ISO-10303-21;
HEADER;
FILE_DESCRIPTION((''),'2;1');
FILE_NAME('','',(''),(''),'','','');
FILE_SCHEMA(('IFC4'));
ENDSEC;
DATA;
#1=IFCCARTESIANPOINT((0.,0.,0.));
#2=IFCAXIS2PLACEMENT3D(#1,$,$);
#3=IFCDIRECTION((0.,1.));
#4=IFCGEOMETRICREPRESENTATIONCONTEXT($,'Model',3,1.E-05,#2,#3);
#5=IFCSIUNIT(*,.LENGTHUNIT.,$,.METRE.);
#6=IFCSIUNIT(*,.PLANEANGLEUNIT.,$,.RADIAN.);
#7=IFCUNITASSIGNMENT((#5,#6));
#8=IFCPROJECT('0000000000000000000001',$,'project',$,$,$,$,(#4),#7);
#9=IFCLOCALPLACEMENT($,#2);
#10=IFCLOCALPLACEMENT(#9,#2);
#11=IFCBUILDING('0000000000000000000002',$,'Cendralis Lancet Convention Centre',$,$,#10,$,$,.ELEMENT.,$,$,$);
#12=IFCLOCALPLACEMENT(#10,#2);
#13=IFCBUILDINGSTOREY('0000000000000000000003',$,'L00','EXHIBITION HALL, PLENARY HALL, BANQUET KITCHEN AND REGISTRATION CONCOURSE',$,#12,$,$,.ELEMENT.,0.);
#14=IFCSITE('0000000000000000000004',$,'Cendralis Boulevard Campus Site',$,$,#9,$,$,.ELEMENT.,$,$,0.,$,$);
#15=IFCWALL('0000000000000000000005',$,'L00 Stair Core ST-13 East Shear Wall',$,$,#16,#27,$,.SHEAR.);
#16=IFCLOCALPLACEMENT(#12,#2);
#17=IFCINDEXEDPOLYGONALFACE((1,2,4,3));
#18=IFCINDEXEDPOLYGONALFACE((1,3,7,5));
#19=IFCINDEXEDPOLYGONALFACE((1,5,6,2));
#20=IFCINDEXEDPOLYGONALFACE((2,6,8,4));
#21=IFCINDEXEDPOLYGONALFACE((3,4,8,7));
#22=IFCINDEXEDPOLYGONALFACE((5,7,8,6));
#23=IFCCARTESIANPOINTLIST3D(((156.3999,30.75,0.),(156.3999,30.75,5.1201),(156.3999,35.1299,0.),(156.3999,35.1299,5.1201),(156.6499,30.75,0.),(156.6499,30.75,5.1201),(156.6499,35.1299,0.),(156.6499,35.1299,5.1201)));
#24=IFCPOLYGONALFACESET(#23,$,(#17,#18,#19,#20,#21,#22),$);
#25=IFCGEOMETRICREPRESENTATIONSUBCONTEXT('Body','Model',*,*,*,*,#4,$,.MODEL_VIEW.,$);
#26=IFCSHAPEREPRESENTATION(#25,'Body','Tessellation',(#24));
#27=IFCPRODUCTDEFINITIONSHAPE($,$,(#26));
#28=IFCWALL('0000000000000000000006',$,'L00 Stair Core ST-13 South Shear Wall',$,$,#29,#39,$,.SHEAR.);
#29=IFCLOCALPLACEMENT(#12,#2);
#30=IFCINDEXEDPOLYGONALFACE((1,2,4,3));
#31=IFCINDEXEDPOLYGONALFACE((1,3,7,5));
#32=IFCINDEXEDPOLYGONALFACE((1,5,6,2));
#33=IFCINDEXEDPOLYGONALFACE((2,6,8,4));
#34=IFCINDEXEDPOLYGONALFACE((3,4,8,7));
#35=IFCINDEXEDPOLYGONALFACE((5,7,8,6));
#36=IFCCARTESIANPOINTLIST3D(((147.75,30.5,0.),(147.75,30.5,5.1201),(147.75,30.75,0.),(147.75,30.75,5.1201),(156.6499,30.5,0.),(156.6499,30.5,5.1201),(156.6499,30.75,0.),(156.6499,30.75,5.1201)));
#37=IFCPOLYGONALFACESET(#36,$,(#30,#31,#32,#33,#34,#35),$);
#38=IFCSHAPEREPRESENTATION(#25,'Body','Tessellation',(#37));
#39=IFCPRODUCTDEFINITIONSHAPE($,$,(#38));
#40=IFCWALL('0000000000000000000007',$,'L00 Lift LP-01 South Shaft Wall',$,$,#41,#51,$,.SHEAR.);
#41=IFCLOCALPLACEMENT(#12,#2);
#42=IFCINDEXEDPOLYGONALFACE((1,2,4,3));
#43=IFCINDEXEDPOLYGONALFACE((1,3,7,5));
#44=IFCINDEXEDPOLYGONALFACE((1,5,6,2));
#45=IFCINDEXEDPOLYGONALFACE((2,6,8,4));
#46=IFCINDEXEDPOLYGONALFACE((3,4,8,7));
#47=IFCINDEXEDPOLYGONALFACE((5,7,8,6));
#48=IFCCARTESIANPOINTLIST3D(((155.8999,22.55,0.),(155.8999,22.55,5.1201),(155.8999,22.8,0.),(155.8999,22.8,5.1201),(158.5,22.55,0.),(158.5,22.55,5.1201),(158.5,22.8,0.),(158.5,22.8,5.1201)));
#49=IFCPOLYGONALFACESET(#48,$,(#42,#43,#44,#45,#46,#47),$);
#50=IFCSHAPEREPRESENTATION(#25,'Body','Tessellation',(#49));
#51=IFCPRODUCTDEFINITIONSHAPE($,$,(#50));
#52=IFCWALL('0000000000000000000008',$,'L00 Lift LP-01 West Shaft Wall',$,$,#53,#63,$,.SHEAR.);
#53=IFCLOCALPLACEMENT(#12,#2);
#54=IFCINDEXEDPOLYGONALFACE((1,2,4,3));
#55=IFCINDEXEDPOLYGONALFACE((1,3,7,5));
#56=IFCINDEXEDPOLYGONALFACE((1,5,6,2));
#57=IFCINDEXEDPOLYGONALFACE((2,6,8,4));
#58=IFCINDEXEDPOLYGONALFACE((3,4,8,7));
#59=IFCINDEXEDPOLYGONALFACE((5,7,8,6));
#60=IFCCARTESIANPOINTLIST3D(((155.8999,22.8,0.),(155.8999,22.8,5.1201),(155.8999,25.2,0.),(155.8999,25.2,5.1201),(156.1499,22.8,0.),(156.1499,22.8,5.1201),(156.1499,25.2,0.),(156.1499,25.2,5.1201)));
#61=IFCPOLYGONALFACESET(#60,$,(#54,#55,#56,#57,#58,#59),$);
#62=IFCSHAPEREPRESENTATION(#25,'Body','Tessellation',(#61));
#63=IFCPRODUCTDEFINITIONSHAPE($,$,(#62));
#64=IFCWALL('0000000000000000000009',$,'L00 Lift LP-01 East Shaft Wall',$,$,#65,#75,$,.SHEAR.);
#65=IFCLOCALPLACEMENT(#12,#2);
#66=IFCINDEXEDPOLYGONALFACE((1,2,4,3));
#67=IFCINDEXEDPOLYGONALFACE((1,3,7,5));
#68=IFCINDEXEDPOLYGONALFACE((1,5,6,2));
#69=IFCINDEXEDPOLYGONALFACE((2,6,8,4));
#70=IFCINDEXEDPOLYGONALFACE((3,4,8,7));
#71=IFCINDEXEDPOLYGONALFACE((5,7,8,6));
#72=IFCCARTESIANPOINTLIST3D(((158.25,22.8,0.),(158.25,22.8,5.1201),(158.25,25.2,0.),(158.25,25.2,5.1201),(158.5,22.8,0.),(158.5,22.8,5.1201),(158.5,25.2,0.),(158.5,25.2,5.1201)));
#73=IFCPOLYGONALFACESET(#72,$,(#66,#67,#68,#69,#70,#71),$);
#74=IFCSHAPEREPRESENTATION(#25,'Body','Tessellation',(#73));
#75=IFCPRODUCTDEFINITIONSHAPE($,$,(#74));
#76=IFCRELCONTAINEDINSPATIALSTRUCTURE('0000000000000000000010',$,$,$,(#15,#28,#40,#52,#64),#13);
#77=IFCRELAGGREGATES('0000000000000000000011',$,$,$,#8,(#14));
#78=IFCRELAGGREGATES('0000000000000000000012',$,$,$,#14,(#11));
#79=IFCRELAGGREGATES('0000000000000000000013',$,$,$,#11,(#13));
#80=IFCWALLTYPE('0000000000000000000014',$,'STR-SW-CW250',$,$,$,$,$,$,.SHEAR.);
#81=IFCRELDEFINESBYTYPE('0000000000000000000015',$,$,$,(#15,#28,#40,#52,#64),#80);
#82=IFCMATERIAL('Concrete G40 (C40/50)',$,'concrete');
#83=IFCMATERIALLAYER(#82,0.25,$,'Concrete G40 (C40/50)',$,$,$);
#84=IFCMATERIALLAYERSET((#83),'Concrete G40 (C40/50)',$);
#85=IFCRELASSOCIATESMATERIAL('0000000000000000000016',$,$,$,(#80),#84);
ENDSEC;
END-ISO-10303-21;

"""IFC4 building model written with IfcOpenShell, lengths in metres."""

from ifc_helpers import new_model, si_unit, direction, frame, frame_2d, origin, place, context, subcontext, project, spatial, rectangle, extrude, material, layer, layer_set, type_object, element, save


model = new_model("IFC4")

# Units and contexts
model_context = context("Model", 3, precision=1e-05, world=origin(), true_north=direction((0.0, 1.0)))
body_context = subcontext(model_context, "Body", "Model", "MODEL_VIEW")
ifc_project = project(units=[si_unit("LENGTHUNIT", "METRE"), si_unit("PLANEANGLEUNIT", "RADIAN")], contexts=[model_context])

# Site, building, storey
site_placement = place(None, origin())
site = spatial("IfcSite", under=ifc_project, at=site_placement, Name="Cendralis Boulevard Campus Site", CompositionType="ELEMENT", RefElevation=0.0)
building_placement = place(site_placement, origin())
building = spatial("IfcBuilding", under=site, at=building_placement, Name="Cendralis Lancet Convention Centre", CompositionType="ELEMENT")
storey_placement = place(building_placement, origin())
storey = spatial("IfcBuildingStorey", under=building, at=storey_placement, Name="L00", Description="EXHIBITION HALL, PLENARY HALL, BANQUET KITCHEN AND REGISTRATION CONCOURSE", CompositionType="ELEMENT", Elevation=0.0)

# Shared definitions
ifc_material_1 = material(Name="Concrete G40 (C40/50)", Category="concrete")

# Shared definitions
ifc_layer_1 = layer(ifc_material_1, 0.25, Name="Concrete G40 (C40/50)")
ifc_layer_set_1 = layer_set([ifc_layer_1], Name="Concrete G40 (C40/50)")
wall_type_1 = type_object("IfcWallType", Name="STR-SW-CW250", PredefinedType="SHEAR", material=ifc_layer_set_1)

# Walls
wall_1_placement = place(storey_placement, frame((156.5249, 30.75, 0.0), z_axis=(0.0, 0.0, 1.0), x_axis=(0.0, 1.0, 0.0)))
element("IfcWall", 1, at=wall_1_placement, inside=storey, type_object=wall_type_1, Name="L00 Stair Core ST-13 East Shear Wall", PredefinedType="SHEAR", context=body_context, shape_type="SweptSolid", body=[
    extrude(rectangle(XDim=4.3799, YDim=0.25, at=frame_2d((2.1899, 0.0))), origin(), (0.0, 0.0, 1.0), 5.1201),
])
wall_2_placement = place(storey_placement, frame((147.75, 30.625, 0.0), z_axis=(0.0, 0.0, 1.0), x_axis=(1.0, 0.0, 0.0)))
element("IfcWall", 2, at=wall_2_placement, inside=storey, type_object=wall_type_1, Name="L00 Stair Core ST-13 South Shear Wall", PredefinedType="SHEAR", context=body_context, shape_type="SweptSolid", body=[
    extrude(rectangle(XDim=8.8999, YDim=0.25, at=frame_2d((4.45, 0.0))), origin(), (0.0, 0.0, 1.0), 5.1201),
])
wall_3_placement = place(storey_placement, frame((155.8999, 22.675, 0.0), z_axis=(0.0, 0.0, 1.0), x_axis=(1.0, 0.0, 0.0)))
element("IfcWall", 3, at=wall_3_placement, inside=storey, type_object=wall_type_1, Name="L00 Lift LP-01 South Shaft Wall", PredefinedType="SHEAR", context=body_context, shape_type="SweptSolid", body=[
    extrude(rectangle(XDim=2.6001, YDim=0.25, at=frame_2d((1.3, 0.0))), origin(), (0.0, 0.0, 1.0), 5.1201),
])

# Walls
for number, where, z_axis, x_axis, name in (
    (4, (156.0249, 22.8, 0.0), (0.0, 0.0, 1.0), (0.0, 1.0, 0.0), "L00 Lift LP-01 West Shaft Wall"),
    (5, (158.375, 22.8, 0.0), (0.0, 0.0, 1.0), (0.0, 1.0, 0.0), "L00 Lift LP-01 East Shaft Wall"),
):
    element("IfcWall", number, at=place(storey_placement, frame(where, z_axis=z_axis, x_axis=x_axis)), inside=storey, type_object=wall_type_1, Name=name, PredefinedType="SHEAR", context=body_context, shape_type="SweptSolid", body=[
        extrude(rectangle(XDim=2.3999, YDim=0.25, at=frame_2d((1.2, 0.0))), origin(), (0.0, 0.0, 1.0), 5.1201),
    ])

save(model, "model.ifc")
